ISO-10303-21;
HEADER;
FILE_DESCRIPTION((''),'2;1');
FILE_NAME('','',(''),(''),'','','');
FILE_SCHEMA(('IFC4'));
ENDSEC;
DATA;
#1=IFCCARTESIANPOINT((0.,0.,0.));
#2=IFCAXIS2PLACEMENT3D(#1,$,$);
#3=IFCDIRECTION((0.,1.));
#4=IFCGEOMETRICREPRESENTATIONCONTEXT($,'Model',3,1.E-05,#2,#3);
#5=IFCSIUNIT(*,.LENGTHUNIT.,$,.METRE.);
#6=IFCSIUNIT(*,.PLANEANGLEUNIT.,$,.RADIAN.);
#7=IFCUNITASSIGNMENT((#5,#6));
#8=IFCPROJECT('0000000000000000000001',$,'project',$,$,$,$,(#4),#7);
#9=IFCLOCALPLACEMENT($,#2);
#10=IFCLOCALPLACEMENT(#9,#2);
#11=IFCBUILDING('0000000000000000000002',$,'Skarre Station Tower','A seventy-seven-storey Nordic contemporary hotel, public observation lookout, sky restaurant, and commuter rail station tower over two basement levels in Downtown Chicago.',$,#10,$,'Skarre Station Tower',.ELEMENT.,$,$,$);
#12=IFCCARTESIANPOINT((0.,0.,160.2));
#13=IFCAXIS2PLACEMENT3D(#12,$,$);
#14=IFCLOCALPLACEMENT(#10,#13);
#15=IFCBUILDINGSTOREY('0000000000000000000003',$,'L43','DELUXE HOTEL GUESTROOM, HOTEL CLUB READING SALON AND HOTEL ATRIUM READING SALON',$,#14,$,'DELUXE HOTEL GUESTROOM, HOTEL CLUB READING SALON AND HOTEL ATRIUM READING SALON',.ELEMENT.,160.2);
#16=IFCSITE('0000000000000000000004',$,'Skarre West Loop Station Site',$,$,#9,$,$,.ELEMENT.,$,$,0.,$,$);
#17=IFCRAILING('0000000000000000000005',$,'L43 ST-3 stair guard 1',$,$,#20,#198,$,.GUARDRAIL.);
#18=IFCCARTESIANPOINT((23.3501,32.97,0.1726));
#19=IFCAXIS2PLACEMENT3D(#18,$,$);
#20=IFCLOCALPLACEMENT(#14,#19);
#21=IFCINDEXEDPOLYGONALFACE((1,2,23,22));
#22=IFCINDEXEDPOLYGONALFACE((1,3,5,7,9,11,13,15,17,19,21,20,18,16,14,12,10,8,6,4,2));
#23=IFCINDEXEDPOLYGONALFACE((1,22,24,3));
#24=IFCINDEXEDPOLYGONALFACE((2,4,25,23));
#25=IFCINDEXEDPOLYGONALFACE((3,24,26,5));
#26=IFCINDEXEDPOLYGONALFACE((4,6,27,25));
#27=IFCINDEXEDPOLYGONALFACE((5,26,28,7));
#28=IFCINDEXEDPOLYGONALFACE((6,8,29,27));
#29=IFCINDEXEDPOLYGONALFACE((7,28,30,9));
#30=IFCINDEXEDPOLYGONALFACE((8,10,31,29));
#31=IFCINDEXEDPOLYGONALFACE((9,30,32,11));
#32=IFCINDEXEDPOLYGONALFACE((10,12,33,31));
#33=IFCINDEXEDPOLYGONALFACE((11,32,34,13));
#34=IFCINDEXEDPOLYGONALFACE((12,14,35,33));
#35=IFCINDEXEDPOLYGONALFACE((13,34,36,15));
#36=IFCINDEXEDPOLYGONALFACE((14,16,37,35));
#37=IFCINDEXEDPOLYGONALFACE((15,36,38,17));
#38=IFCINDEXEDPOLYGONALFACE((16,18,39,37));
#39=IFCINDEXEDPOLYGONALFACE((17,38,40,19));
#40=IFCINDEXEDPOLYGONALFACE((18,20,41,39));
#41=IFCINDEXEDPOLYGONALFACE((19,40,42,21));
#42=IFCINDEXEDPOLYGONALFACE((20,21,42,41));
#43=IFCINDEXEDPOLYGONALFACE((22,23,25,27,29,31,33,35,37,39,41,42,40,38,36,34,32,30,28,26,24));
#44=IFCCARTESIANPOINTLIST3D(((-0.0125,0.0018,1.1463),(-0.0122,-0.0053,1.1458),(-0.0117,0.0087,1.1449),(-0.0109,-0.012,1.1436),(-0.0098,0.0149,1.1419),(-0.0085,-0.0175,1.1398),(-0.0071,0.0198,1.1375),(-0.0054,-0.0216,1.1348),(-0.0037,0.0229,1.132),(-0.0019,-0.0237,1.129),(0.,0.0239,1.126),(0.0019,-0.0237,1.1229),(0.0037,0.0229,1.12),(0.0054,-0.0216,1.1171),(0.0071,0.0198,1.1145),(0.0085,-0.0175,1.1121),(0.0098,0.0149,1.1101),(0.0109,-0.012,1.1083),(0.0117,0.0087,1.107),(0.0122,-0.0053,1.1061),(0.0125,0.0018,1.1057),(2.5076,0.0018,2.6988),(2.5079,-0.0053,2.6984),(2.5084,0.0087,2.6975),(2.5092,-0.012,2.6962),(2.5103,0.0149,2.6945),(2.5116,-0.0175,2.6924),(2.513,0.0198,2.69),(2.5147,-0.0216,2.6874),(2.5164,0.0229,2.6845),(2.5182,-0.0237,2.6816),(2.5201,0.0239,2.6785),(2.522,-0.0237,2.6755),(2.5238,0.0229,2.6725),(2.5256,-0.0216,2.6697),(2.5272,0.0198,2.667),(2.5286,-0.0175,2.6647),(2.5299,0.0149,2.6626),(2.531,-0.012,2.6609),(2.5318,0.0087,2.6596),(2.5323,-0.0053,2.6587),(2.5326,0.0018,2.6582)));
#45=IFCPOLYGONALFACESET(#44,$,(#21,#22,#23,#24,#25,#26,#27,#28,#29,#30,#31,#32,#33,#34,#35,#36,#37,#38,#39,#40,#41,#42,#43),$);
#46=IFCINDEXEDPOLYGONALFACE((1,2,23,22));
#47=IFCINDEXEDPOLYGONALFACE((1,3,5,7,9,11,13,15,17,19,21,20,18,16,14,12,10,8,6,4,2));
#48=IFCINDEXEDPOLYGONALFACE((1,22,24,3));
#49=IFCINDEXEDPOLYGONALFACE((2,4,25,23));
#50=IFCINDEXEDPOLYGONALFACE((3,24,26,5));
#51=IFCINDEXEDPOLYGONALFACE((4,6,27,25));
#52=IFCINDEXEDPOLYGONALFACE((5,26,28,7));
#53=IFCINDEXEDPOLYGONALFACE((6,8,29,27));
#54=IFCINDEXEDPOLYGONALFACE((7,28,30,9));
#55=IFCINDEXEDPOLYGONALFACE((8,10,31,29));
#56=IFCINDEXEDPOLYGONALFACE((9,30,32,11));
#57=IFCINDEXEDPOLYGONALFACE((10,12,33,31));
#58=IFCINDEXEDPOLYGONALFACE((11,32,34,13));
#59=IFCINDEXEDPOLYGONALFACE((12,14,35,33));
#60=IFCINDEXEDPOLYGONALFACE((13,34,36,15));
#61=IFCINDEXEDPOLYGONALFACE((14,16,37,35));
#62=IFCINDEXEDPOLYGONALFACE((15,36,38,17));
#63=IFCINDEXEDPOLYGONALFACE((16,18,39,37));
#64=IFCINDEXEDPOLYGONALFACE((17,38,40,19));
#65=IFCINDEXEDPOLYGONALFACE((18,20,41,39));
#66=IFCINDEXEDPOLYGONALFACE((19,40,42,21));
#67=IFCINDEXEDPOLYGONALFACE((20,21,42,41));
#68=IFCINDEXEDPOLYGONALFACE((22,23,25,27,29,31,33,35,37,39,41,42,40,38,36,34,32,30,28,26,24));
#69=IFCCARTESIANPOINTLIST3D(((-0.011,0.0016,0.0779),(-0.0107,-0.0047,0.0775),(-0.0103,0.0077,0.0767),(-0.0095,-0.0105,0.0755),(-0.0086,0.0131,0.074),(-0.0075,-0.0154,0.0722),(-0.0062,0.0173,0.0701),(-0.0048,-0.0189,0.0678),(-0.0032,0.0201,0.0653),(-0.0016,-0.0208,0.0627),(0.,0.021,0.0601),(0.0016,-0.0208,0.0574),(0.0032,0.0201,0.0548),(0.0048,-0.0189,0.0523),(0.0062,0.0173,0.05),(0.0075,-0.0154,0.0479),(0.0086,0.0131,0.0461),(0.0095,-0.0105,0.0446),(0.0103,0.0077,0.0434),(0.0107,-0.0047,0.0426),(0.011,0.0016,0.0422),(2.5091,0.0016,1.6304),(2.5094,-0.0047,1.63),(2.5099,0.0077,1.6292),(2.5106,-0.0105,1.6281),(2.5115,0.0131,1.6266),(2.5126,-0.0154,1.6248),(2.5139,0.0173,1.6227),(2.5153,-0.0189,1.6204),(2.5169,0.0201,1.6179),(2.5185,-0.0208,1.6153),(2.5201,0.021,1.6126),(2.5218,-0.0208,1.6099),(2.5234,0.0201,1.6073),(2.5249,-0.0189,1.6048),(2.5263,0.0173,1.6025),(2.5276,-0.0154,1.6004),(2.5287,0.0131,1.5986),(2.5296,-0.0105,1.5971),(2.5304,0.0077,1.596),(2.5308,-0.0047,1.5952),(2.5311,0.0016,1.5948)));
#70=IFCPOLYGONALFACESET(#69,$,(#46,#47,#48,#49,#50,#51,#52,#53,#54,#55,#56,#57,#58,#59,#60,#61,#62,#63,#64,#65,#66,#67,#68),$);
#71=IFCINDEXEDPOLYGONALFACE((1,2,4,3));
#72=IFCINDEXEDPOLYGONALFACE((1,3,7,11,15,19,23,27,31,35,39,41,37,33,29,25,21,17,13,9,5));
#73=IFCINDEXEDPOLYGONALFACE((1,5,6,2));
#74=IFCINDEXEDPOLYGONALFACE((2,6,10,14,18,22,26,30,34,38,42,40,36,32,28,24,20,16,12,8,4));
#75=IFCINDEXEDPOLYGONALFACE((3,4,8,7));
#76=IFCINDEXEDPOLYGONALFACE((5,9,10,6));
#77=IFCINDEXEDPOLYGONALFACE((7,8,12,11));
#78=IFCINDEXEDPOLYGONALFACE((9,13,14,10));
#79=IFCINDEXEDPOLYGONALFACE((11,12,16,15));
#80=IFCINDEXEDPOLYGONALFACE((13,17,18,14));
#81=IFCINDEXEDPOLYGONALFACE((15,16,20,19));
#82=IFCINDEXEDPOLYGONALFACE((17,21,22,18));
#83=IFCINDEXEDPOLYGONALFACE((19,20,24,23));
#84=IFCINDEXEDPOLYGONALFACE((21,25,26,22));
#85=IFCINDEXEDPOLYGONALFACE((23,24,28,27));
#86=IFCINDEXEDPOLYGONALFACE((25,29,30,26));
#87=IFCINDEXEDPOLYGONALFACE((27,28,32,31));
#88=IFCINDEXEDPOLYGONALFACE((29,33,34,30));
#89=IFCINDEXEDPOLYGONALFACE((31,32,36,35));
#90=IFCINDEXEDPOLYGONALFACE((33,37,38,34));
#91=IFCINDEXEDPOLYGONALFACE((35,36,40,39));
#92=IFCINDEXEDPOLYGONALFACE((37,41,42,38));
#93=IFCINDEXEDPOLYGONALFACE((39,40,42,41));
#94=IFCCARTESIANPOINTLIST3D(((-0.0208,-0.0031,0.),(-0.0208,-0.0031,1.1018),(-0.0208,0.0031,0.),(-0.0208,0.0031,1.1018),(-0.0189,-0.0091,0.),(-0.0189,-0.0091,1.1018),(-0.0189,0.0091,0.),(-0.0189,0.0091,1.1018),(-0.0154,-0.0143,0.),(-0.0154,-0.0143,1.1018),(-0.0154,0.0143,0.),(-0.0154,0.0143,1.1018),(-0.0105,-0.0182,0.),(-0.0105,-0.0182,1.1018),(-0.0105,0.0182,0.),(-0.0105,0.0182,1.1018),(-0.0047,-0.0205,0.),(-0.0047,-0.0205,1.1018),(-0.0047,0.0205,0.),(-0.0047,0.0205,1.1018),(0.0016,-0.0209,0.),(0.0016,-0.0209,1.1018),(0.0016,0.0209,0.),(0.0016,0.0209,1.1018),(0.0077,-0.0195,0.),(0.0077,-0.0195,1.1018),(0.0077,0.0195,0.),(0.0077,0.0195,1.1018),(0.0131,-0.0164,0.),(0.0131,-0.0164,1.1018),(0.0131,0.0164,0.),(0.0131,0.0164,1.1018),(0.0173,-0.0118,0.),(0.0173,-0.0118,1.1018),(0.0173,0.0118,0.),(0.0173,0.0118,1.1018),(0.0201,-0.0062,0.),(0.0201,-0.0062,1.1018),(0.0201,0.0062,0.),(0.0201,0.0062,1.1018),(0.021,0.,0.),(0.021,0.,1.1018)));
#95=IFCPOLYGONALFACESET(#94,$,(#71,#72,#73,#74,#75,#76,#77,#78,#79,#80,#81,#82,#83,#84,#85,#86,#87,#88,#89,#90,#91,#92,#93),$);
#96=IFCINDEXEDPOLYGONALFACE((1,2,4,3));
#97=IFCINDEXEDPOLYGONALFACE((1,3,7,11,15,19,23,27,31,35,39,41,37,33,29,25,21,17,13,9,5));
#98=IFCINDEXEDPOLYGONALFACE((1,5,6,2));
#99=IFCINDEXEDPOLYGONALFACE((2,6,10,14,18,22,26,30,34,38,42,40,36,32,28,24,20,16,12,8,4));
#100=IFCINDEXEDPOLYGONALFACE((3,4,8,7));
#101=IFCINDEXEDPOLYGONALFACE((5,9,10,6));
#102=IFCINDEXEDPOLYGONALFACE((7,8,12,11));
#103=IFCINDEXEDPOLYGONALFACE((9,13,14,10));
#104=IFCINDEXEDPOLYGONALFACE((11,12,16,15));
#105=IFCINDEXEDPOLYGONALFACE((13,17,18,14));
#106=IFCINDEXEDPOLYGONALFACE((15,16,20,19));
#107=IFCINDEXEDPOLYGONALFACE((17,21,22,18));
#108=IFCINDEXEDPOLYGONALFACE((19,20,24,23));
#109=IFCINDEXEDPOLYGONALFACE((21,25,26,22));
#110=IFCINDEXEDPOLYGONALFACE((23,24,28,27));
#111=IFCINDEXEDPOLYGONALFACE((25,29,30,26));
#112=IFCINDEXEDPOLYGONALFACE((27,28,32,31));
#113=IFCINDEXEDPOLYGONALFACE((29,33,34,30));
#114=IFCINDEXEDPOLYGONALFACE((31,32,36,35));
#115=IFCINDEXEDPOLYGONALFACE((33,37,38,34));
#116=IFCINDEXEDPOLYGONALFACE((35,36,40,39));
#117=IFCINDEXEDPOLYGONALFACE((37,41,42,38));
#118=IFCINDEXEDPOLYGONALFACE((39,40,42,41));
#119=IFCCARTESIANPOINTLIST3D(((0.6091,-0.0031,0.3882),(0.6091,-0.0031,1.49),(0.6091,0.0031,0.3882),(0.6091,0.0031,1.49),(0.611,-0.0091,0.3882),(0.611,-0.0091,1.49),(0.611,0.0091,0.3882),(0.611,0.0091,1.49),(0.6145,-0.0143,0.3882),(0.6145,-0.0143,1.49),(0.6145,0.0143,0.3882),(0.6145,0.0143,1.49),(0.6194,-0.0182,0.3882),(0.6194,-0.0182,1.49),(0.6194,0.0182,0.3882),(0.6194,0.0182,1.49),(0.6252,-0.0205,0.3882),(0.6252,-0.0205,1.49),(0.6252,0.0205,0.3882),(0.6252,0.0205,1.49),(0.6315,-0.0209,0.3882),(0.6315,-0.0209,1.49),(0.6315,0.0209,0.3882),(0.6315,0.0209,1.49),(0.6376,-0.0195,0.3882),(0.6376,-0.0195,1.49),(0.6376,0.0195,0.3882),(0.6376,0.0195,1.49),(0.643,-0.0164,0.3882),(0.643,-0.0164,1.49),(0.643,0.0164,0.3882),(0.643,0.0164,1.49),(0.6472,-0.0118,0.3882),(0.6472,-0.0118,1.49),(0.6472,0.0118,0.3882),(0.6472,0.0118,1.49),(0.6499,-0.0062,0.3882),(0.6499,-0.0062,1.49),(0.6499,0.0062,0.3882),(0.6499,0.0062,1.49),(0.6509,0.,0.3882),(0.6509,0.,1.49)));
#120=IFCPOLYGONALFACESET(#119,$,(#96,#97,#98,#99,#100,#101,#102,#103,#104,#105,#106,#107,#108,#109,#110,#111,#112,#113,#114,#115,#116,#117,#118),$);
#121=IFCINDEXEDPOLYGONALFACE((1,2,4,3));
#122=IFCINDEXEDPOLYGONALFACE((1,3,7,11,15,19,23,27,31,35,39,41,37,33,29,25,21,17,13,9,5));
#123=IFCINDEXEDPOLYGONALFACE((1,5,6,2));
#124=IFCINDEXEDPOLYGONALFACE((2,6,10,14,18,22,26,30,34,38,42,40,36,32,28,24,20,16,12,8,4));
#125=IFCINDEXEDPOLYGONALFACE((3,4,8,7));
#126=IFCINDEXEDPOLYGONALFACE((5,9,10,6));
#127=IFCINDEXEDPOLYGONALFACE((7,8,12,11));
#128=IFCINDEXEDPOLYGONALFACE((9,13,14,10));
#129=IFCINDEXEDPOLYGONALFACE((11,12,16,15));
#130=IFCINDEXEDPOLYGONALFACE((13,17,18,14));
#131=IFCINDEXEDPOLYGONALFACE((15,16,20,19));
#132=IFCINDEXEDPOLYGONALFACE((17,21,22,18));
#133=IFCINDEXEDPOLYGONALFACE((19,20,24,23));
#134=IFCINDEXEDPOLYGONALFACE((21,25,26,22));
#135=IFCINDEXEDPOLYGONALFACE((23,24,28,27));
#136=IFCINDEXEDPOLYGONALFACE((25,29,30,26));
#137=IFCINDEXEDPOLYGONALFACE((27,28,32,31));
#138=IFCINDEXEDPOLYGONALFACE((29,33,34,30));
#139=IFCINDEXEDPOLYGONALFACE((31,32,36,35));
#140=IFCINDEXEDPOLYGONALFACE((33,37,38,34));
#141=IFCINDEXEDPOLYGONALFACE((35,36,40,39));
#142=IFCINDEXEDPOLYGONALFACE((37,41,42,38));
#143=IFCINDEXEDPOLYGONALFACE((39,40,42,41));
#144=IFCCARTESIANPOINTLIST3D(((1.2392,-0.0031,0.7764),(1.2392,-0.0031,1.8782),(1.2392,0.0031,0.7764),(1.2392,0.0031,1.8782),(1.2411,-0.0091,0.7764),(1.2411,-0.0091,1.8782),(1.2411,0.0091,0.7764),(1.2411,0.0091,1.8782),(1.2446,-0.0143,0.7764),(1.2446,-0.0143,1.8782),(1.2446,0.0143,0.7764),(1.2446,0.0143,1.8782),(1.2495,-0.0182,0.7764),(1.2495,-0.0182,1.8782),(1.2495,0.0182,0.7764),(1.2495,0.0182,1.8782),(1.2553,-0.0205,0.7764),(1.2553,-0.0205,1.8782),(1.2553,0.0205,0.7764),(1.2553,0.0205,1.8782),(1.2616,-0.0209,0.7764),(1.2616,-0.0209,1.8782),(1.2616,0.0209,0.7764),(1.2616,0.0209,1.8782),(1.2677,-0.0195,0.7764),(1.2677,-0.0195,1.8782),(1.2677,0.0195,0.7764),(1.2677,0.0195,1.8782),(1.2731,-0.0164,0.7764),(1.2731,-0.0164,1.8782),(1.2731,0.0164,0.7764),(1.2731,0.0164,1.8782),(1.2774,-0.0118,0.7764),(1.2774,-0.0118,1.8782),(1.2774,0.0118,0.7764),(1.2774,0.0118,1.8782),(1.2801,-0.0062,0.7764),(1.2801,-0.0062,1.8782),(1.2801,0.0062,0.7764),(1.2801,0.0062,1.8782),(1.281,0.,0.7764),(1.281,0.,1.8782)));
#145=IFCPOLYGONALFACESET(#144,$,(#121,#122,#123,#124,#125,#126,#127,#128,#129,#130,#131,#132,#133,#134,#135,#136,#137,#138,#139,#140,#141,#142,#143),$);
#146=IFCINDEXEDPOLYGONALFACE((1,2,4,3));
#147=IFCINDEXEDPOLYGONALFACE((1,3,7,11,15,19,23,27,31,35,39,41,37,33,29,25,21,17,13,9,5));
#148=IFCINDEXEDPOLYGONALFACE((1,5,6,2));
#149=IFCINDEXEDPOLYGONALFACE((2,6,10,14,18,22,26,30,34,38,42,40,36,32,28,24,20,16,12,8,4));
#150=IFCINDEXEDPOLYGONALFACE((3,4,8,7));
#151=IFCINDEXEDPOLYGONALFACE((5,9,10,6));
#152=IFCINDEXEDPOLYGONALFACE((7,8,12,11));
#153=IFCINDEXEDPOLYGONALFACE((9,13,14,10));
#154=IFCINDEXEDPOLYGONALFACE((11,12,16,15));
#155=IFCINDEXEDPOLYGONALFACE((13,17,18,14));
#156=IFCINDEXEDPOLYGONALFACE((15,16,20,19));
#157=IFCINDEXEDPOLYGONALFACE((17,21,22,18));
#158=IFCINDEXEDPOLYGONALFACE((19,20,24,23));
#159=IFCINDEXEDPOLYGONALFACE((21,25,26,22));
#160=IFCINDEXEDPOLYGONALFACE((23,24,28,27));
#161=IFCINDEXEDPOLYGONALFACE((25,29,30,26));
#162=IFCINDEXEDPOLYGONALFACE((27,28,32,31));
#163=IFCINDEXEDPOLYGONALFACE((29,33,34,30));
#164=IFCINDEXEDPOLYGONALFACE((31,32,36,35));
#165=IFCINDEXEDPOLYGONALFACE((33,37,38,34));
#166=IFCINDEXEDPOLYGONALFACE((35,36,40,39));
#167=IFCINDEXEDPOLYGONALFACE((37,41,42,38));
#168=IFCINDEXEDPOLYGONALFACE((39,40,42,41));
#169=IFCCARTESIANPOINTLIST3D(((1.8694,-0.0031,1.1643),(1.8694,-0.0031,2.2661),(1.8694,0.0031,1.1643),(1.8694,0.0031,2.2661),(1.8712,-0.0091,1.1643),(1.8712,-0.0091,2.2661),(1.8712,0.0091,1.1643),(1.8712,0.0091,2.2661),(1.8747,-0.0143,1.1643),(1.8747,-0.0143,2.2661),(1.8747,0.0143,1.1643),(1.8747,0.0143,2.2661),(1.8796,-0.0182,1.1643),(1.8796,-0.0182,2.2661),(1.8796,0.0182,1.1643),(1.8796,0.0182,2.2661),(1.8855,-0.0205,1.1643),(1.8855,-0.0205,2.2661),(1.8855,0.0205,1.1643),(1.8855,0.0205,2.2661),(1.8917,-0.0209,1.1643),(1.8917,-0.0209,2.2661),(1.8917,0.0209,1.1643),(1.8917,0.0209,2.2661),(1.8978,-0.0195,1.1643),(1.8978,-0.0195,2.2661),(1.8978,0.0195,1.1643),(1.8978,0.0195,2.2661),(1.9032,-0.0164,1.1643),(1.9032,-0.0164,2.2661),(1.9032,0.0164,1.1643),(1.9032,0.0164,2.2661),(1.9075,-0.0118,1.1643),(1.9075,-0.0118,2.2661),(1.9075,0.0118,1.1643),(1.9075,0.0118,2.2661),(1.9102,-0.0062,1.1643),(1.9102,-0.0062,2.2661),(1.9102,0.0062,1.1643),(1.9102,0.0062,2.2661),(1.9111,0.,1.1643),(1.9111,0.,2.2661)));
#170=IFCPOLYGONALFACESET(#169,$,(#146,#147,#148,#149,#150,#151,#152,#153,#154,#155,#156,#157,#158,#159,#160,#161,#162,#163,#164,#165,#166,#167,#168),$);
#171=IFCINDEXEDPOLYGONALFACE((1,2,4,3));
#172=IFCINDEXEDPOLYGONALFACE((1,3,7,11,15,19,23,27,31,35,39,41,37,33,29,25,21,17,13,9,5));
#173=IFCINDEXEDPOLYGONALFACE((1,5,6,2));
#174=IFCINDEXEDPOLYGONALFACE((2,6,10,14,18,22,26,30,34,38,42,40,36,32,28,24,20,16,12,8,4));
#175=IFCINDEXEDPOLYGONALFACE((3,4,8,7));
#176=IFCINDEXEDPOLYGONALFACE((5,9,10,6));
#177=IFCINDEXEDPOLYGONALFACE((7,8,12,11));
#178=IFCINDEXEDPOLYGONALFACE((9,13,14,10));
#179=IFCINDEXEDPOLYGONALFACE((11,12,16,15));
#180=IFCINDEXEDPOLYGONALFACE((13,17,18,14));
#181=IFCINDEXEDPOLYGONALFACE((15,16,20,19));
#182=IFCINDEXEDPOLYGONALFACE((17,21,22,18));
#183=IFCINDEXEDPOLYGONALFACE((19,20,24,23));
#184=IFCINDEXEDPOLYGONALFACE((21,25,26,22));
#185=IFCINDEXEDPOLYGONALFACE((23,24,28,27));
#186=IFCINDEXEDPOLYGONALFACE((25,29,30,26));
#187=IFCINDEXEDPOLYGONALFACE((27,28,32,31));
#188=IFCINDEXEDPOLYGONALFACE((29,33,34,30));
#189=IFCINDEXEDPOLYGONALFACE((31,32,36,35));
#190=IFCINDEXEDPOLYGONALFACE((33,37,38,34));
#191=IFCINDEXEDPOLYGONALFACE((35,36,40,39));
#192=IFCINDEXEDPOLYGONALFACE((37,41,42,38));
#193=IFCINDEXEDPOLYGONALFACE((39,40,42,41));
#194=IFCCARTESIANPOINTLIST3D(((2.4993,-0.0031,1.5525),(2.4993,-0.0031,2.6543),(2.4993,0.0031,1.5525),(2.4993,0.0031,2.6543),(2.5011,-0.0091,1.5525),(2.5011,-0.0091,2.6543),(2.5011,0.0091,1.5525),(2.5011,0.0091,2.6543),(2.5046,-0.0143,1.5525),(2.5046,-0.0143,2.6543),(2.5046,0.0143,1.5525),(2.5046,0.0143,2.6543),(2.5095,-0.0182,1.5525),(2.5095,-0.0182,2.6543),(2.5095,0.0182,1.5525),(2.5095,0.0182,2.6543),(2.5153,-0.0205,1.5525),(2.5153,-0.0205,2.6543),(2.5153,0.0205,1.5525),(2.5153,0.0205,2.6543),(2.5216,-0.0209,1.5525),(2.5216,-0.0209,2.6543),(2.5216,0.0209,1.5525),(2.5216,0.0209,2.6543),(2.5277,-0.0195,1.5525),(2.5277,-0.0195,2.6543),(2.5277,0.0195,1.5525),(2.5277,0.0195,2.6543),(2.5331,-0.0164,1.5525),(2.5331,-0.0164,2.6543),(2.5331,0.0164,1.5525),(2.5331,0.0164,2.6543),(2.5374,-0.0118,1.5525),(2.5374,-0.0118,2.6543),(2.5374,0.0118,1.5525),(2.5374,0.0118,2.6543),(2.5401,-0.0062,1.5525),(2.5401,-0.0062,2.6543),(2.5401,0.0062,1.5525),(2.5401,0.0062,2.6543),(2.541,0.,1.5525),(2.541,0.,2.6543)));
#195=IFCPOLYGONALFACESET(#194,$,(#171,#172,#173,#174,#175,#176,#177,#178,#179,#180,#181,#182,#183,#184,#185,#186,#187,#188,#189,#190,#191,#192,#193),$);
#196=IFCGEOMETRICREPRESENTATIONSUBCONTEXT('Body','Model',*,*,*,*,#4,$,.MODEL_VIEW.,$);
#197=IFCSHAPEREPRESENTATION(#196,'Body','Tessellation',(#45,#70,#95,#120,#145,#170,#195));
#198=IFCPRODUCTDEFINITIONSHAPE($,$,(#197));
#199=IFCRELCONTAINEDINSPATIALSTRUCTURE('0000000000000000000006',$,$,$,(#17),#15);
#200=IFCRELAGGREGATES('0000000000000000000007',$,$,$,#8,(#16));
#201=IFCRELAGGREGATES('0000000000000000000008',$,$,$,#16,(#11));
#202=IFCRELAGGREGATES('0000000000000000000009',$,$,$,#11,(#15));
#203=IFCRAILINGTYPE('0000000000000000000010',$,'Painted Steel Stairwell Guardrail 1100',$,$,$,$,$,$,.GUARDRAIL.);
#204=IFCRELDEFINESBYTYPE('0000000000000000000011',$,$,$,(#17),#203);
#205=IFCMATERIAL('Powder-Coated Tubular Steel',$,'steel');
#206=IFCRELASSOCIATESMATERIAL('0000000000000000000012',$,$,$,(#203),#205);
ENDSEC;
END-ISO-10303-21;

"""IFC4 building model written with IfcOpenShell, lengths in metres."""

from ifc_helpers import new_model, si_unit, direction, frame, origin, origin_2d, place, context, subcontext, project, spatial, circle, extrude, material, type_object, element, save


model = new_model("IFC4")

# Units and contexts
model_context = context("Model", 3, precision=1e-05, world=origin(), true_north=direction((0.0, 1.0)))
body_context = subcontext(model_context, "Body", "Model", "MODEL_VIEW")
ifc_project = project(units=[si_unit("LENGTHUNIT", "METRE"), si_unit("PLANEANGLEUNIT", "RADIAN")], contexts=[model_context])

# Site, building, storey
site_placement = place(None, origin())
site = spatial("IfcSite", under=ifc_project, at=site_placement, Name="Skarre West Loop Station Site", CompositionType="ELEMENT", RefElevation=0.0)
building_placement = place(site_placement, origin())
building = spatial("IfcBuilding", under=site, at=building_placement, Name="Skarre Station Tower", Description="A seventy-seven-storey Nordic contemporary hotel, public observation lookout, sky restaurant, and commuter rail station tower over two basement levels in Downtown Chicago.", LongName="Skarre Station Tower", CompositionType="ELEMENT")
storey_placement = place(building_placement, frame((0.0, 0.0, 160.2)))
storey = spatial("IfcBuildingStorey", under=building, at=storey_placement, Name="L43", Description="DELUXE HOTEL GUESTROOM, HOTEL CLUB READING SALON AND HOTEL ATRIUM READING SALON", LongName="DELUXE HOTEL GUESTROOM, HOTEL CLUB READING SALON AND HOTEL ATRIUM READING SALON", CompositionType="ELEMENT", Elevation=160.2)

# Railing
ifc_material_1 = material(Name="Powder-Coated Tubular Steel", Category="steel")
railing_type_1 = type_object("IfcRailingType", Name="Painted Steel Stairwell Guardrail 1100", PredefinedType="GUARDRAIL", material=ifc_material_1)
railing_1_placement = place(storey_placement, frame((23.3501, 32.97, 0.1726)))
element("IfcRailing", 1, at=railing_1_placement, inside=storey, type_object=railing_type_1, Name="L43 ST-3 stair guard 1", PredefinedType="GUARDRAIL", context=body_context, shape_type="SweptSolid", body=[
    extrude(circle(Radius=0.0239, at=origin_2d()), frame((0.0, 0.0, 1.126), z_axis=(0.8514, 0.0, 0.524516), x_axis=(0.0, 1.0, 0.0)), (0.0, 0.0, 1.0), 2.96),
    extrude(circle(Radius=0.021, at=origin_2d()), frame((0.0, 0.0, 0.0601), z_axis=(0.8514, 0.0, 0.524516), x_axis=(0.0, 1.0, 0.0)), (0.0, 0.0, 1.0), 2.96),
    extrude(circle(Radius=0.021, at=origin_2d()), origin(), (0.0, 0.0, 1.0), 1.1018),
    extrude(circle(Radius=0.021, at=origin_2d()), frame((0.6299, 0.0, 0.3882)), (0.0, 0.0, 1.0), 1.1018),
    extrude(circle(Radius=0.021, at=origin_2d()), frame((1.26, 0.0, 0.7764)), (0.0, 0.0, 1.0), 1.1018),
    extrude(circle(Radius=0.021, at=origin_2d()), frame((1.8901, 0.0, 1.1643)), (0.0, 0.0, 1.0), 1.1018),
    extrude(circle(Radius=0.021, at=origin_2d()), frame((2.52, 0.0, 1.5525)), (0.0, 0.0, 1.0), 1.1018),
])

save(model, "model.ifc")
